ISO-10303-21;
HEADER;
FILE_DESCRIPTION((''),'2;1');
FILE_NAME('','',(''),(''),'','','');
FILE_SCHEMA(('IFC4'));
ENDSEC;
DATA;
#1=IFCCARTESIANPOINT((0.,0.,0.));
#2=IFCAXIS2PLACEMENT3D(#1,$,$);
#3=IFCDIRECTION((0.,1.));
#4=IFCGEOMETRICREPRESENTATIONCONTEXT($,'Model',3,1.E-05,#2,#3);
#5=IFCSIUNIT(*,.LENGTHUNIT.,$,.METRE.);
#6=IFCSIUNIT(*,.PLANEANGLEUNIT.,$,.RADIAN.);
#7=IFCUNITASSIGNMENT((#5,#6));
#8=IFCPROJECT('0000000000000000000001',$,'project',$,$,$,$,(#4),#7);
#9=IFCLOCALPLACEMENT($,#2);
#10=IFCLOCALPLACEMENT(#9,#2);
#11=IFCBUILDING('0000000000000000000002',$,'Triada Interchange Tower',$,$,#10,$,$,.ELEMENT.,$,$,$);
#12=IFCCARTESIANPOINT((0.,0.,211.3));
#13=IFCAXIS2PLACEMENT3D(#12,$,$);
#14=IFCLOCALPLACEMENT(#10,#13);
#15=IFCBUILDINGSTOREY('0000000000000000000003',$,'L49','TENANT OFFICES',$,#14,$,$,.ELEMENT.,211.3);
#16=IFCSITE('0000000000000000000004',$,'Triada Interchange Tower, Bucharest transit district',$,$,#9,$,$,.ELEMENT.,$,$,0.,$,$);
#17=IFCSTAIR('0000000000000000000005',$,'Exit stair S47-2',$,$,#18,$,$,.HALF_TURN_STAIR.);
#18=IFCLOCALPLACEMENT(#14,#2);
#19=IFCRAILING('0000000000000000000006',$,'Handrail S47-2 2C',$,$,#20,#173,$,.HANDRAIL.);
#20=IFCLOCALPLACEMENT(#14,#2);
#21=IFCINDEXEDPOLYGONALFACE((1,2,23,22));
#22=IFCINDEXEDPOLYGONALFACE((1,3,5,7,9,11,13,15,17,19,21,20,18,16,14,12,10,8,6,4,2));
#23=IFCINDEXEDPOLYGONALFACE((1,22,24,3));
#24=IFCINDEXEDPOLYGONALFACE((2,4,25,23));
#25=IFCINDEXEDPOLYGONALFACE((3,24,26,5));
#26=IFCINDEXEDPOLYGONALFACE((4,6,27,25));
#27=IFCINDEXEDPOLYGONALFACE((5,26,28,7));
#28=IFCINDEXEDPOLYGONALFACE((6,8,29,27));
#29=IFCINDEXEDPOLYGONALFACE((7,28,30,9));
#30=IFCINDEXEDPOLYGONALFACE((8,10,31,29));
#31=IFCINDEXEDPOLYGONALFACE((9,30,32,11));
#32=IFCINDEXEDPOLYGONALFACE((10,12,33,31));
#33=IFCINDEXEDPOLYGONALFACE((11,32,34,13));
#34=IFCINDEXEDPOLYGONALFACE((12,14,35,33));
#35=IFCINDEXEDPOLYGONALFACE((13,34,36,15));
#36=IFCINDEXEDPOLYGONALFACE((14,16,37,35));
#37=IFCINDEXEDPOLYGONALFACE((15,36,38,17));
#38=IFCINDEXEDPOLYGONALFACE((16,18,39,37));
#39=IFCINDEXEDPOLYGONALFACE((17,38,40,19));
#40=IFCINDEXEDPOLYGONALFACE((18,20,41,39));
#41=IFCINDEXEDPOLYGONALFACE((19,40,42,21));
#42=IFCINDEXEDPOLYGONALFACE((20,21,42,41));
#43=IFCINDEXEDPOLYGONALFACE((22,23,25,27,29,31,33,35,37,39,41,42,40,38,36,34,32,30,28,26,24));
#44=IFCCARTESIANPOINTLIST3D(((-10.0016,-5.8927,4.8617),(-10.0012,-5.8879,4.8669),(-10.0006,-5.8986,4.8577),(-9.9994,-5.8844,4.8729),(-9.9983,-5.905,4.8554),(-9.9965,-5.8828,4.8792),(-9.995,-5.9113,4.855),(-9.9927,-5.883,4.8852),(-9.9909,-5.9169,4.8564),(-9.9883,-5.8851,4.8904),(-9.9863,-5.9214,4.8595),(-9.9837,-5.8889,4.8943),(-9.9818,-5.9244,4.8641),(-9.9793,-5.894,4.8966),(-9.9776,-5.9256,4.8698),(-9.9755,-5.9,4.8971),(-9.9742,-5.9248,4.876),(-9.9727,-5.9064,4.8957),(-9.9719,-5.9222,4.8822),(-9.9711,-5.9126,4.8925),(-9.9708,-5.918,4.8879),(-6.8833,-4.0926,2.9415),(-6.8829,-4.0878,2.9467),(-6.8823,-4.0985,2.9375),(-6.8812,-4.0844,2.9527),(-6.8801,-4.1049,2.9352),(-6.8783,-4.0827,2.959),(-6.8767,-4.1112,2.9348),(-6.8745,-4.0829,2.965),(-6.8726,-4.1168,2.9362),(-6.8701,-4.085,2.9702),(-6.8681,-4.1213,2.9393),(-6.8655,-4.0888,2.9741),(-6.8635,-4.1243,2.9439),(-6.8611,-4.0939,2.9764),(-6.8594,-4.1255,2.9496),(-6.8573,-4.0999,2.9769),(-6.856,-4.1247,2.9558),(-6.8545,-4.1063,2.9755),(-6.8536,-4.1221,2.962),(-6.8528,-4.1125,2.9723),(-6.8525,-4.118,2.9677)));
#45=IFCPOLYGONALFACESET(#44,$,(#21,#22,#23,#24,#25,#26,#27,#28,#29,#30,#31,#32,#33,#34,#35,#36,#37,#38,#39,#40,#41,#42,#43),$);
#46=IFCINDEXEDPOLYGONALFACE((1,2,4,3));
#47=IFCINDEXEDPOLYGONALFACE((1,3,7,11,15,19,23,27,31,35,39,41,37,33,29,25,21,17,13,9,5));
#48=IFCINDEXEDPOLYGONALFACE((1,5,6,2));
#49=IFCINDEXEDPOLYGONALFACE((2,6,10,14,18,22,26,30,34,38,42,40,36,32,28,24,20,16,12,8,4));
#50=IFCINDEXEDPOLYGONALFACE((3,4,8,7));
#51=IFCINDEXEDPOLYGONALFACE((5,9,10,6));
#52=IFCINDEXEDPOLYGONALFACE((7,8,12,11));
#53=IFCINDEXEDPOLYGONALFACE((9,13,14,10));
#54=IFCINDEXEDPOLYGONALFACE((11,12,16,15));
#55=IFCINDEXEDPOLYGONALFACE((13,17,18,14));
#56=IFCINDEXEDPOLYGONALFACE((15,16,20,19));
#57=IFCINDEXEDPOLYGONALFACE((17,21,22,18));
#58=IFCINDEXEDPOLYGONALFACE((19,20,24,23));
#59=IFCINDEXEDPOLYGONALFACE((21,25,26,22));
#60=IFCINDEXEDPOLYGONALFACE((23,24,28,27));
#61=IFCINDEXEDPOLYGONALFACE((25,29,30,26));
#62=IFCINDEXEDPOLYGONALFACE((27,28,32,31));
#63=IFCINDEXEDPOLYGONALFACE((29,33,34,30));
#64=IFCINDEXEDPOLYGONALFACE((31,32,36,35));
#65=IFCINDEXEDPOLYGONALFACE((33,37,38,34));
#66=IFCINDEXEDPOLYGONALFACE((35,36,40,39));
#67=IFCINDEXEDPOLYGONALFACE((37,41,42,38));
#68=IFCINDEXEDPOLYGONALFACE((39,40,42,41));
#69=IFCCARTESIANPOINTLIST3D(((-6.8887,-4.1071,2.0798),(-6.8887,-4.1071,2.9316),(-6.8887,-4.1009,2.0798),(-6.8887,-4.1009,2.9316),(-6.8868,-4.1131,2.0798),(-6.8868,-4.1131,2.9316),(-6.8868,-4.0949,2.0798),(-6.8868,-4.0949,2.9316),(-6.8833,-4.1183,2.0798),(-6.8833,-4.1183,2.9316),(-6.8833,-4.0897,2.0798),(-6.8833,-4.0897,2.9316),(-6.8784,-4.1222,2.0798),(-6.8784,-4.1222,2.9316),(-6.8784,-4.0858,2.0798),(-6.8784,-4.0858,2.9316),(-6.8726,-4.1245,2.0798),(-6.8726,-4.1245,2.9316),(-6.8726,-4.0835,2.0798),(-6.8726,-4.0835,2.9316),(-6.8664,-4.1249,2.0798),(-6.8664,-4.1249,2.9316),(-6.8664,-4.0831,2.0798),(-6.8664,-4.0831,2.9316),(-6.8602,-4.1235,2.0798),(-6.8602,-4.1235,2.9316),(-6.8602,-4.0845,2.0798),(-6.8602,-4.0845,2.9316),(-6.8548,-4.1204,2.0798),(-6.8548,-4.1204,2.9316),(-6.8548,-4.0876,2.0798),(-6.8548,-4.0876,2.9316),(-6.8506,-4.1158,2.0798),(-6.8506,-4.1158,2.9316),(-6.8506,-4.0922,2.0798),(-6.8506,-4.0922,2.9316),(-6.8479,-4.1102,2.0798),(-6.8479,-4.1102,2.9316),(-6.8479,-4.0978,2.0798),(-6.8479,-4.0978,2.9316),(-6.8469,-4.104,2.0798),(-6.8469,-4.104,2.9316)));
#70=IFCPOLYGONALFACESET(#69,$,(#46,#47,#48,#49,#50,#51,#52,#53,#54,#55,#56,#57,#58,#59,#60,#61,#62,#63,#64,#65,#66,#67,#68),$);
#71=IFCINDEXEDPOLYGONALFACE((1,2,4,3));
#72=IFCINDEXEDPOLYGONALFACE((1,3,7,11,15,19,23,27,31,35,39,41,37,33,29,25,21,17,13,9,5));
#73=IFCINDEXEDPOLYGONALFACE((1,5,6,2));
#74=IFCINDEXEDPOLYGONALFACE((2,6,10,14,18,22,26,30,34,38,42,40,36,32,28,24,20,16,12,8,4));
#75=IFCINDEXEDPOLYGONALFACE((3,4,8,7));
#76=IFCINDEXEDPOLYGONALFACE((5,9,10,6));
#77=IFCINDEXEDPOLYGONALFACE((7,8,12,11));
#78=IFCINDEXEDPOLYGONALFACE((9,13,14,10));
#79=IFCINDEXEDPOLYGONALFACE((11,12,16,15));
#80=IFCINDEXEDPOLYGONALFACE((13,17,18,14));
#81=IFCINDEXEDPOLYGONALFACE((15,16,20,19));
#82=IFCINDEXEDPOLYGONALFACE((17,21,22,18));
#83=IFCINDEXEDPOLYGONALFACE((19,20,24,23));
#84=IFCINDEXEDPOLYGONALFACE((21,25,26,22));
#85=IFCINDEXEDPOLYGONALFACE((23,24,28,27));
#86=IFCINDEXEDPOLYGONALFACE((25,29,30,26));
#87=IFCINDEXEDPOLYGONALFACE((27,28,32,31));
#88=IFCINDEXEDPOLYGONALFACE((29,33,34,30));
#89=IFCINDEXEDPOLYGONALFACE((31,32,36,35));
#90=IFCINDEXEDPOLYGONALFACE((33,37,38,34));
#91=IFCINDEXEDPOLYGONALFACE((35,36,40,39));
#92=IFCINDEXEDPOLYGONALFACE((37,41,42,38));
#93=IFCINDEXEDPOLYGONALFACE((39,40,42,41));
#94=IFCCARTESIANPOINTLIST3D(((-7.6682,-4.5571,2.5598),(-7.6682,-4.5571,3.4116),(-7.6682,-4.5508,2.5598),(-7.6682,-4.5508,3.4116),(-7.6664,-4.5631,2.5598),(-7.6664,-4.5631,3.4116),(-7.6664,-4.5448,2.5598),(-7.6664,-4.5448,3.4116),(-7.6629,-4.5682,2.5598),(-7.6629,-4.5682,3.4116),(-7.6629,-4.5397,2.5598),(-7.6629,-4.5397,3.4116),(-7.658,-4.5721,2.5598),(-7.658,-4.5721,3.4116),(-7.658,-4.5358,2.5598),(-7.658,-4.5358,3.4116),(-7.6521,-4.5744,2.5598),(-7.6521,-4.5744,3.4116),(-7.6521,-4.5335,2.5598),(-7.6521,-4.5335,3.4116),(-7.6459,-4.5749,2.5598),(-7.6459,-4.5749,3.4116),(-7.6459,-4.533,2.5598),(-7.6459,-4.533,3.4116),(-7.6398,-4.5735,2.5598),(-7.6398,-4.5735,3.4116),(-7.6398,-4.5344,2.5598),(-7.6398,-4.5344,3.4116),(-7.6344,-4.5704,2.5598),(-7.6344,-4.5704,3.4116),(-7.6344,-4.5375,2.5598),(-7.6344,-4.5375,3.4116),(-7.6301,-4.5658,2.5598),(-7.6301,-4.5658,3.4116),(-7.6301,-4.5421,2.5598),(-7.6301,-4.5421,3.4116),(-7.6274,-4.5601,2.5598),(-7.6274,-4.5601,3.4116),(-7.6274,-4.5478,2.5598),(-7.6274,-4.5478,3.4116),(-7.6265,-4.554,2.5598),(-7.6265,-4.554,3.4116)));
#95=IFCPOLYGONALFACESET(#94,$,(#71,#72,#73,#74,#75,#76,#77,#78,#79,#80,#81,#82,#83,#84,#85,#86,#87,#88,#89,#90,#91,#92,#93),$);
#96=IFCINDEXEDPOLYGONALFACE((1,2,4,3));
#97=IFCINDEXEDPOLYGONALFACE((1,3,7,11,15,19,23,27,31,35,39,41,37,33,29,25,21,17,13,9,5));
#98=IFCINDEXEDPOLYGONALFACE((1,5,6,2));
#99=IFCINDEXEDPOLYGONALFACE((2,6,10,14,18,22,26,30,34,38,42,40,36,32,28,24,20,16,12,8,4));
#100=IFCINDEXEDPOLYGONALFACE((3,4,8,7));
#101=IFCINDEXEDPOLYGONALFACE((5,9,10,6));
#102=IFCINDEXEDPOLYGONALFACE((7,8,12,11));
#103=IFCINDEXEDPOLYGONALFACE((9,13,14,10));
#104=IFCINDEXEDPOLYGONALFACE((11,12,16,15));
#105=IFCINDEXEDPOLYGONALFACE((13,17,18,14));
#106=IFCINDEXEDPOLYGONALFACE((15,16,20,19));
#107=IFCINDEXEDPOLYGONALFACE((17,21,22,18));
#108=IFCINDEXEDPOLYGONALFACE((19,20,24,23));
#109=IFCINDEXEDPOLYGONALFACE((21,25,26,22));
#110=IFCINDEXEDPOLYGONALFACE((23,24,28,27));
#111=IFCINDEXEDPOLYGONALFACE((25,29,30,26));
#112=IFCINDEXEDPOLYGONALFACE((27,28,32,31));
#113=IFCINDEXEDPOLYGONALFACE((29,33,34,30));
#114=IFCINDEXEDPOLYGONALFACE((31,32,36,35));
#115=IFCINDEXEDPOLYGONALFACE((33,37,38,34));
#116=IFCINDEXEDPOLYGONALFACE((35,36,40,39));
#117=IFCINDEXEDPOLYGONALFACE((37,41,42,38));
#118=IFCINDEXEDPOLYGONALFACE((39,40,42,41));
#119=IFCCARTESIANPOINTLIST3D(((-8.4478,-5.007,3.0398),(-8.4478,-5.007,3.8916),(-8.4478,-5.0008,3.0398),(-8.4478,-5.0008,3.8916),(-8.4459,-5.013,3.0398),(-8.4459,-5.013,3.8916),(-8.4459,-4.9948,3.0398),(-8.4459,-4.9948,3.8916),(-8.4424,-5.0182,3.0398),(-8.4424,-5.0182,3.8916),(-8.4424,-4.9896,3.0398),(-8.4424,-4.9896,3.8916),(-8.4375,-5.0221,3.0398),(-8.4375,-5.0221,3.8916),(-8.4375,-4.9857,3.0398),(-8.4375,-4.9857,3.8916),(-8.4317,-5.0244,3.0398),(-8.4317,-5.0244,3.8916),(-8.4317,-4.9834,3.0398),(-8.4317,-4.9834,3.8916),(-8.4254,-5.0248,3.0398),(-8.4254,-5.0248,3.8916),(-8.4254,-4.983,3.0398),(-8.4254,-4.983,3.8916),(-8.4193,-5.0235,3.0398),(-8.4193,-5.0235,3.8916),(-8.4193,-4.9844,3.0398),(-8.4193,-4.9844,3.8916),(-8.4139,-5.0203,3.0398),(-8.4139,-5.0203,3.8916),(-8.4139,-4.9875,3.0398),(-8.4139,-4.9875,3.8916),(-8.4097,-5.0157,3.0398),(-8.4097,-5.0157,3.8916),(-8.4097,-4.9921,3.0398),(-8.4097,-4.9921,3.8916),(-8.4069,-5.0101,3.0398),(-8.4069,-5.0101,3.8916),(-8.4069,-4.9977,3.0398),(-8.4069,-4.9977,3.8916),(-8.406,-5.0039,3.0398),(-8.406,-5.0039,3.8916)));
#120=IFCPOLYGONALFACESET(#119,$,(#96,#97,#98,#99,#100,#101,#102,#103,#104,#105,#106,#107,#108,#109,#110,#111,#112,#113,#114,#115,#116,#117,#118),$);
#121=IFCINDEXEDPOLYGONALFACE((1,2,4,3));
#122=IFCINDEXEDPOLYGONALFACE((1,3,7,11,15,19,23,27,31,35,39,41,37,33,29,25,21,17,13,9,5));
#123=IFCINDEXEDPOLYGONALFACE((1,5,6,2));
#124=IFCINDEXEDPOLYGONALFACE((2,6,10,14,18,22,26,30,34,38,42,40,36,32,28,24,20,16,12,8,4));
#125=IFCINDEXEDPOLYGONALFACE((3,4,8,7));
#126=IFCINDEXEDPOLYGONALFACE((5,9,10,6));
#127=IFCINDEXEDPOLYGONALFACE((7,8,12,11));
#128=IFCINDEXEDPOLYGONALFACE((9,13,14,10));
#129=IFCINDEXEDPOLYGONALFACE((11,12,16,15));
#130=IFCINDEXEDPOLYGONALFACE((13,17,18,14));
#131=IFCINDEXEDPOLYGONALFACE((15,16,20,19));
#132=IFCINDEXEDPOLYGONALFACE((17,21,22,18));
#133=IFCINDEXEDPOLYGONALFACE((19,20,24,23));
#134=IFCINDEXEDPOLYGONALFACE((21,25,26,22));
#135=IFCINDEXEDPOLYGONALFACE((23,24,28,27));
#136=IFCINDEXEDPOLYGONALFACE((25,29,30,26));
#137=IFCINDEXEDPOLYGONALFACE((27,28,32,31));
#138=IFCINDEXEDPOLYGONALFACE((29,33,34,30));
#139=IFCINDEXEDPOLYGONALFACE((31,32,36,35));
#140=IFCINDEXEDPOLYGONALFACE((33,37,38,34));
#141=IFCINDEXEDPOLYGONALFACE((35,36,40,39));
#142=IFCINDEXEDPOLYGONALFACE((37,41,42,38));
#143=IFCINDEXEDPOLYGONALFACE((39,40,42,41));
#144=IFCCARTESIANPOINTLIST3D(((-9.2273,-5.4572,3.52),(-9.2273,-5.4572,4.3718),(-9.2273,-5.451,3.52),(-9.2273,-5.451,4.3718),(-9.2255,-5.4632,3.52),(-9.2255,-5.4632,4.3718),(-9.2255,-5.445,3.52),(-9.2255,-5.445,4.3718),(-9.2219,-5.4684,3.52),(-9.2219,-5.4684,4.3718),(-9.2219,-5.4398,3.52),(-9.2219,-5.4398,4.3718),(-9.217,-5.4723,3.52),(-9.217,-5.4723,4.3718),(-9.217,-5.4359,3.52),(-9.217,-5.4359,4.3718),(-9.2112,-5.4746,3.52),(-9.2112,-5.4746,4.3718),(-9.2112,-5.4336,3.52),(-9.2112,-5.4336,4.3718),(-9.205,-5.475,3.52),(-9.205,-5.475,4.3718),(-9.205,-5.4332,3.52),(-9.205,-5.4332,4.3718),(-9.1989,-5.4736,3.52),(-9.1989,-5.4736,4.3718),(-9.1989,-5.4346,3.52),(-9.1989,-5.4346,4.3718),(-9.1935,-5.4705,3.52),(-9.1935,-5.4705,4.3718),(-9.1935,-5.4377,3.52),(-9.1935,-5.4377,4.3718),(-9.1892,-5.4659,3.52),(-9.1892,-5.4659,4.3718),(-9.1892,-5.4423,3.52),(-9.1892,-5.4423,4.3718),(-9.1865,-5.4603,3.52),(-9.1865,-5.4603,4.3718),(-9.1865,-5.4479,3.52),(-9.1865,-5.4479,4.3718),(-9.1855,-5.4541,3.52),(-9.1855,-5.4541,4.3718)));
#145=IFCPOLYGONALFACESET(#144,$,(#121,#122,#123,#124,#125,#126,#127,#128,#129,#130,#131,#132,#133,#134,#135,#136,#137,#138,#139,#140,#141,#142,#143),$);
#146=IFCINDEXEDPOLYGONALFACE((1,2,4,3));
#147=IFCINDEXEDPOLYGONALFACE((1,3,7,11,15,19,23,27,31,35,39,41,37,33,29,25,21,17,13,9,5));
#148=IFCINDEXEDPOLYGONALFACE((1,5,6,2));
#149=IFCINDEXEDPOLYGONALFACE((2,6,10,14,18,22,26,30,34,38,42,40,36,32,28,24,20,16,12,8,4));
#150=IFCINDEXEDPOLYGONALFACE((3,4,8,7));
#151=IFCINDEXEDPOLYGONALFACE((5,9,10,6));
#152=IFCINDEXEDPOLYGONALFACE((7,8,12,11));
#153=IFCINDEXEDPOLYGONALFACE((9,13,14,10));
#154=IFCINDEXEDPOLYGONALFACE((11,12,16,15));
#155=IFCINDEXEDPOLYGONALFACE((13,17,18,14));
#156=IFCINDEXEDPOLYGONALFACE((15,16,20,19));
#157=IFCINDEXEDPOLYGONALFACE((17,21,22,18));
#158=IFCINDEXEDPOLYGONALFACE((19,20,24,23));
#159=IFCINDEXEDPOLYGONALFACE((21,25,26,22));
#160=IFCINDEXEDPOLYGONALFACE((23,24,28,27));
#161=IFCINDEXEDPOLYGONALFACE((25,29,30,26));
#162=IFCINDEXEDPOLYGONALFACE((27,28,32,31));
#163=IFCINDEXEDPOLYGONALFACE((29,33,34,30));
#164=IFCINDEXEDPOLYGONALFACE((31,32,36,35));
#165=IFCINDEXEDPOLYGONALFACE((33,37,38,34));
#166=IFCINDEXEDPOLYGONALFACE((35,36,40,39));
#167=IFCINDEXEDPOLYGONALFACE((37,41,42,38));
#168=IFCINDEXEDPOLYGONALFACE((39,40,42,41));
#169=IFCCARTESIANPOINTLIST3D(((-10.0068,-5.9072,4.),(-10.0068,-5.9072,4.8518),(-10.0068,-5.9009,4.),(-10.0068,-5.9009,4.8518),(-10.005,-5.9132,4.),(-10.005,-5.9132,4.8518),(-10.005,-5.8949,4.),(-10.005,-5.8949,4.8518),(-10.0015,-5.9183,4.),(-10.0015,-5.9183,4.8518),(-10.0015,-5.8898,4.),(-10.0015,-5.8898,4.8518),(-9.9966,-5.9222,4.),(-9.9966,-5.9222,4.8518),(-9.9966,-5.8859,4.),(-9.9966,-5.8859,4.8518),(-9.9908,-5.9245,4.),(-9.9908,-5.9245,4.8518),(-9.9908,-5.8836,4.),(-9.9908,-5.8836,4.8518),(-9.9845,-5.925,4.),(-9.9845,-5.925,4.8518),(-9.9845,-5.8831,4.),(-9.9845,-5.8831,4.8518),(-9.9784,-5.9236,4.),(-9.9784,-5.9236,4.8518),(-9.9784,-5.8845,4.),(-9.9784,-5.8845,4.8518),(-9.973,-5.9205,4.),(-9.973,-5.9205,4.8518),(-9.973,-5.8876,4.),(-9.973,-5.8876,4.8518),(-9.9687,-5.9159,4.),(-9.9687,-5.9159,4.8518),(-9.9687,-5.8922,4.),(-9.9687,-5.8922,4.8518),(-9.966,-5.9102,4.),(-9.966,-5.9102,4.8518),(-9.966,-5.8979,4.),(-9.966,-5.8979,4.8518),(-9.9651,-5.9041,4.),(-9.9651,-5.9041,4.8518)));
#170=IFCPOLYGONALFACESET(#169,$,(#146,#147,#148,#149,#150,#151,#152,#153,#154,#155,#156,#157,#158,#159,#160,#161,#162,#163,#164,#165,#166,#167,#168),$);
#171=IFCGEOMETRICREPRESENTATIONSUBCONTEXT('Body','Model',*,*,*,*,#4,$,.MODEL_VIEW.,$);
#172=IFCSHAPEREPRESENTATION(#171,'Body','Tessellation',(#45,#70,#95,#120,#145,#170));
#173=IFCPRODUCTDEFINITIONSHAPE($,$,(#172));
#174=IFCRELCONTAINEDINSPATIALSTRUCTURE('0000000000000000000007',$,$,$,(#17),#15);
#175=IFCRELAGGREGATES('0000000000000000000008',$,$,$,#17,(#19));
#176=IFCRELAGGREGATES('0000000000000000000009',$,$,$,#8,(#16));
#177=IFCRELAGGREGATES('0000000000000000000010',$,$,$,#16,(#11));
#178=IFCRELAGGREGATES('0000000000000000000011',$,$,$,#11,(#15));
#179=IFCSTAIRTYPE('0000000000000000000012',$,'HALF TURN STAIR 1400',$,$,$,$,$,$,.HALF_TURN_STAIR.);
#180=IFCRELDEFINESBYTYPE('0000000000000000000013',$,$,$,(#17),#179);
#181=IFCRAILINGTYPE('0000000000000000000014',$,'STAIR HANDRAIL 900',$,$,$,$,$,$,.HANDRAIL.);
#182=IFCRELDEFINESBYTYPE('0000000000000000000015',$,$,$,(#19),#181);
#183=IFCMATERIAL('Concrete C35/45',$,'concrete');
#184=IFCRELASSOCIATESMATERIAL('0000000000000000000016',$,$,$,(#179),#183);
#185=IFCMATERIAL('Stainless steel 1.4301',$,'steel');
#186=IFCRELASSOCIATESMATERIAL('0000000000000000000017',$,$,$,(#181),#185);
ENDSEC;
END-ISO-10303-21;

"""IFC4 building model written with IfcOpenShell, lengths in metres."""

from ifc_helpers import new_model, si_unit, direction, frame, origin, origin_2d, place, context, subcontext, project, spatial, circle, extrude, material, type_object, element, aggregate, save


model = new_model("IFC4")

# Units and contexts
model_context = context("Model", 3, precision=1e-05, world=origin(), true_north=direction((0.0, 1.0)))
body_context = subcontext(model_context, "Body", "Model", "MODEL_VIEW")
ifc_project = project(units=[si_unit("LENGTHUNIT", "METRE"), si_unit("PLANEANGLEUNIT", "RADIAN")], contexts=[model_context])

# Site, building, storey
site_placement = place(None, origin())
site = spatial("IfcSite", under=ifc_project, at=site_placement, Name="Triada Interchange Tower, Bucharest transit district", CompositionType="ELEMENT", RefElevation=0.0)
building_placement = place(site_placement, origin())
building = spatial("IfcBuilding", under=site, at=building_placement, Name="Triada Interchange Tower", CompositionType="ELEMENT")
storey_placement = place(building_placement, frame((0.0, 0.0, 211.3)))
storey = spatial("IfcBuildingStorey", under=building, at=storey_placement, Name="L49", Description="TENANT OFFICES", CompositionType="ELEMENT", Elevation=211.3)

# Stair, railing
ifc_material_1 = material(Name="Concrete C35/45", Category="concrete")
stair_type = type_object("IfcStairType", Name="HALF TURN STAIR 1400", PredefinedType="HALF_TURN_STAIR", material=ifc_material_1)
stair_placement = place(storey_placement, origin())
stair = element("IfcStair", 1, at=stair_placement, inside=storey, type_object=stair_type, Name="Exit stair S47-2", PredefinedType="HALF_TURN_STAIR")
ifc_material_2 = material(Name="Stainless steel 1.4301", Category="steel")
railing_type = type_object("IfcRailingType", Name="STAIR HANDRAIL 900", PredefinedType="HANDRAIL", material=ifc_material_2)
railing_1_placement = place(storey_placement, frame((-6.8679, -4.104, 2.0798)))
railing_1 = element("IfcRailing", 2, at=railing_1_placement, type_object=railing_type, Name="Handrail S47-2 2C", PredefinedType="HANDRAIL", context=body_context, shape_type="SweptSolid", body=[
    extrude(circle(Radius=0.0239, at=origin_2d()), frame((0.0, 0.0, 0.876), z_axis=(-0.76417, -0.441139, 0.470576), x_axis=(0.499953, -0.866052, 0.0)), (0.0, 0.0, 1.0), 4.0806),
    extrude(circle(Radius=0.021, at=origin_2d()), origin(), (0.0, 0.0, 1.0), 0.8518),
    extrude(circle(Radius=0.021, at=origin_2d()), frame((-0.7795, -0.45, 0.48)), (0.0, 0.0, 1.0), 0.8518),
    extrude(circle(Radius=0.021, at=origin_2d()), frame((-1.5591, -0.8999, 0.96)), (0.0, 0.0, 1.0), 0.8518),
    extrude(circle(Radius=0.021, at=origin_2d()), frame((-2.3386, -1.3501, 1.4402)), (0.0, 0.0, 1.0), 0.8518),
    extrude(circle(Radius=0.021, at=origin_2d()), frame((-3.1182, -1.8, 1.9202)), (0.0, 0.0, 1.0), 0.8518),
])
aggregate(stair, [railing_1])

save(model, "model.ifc")
